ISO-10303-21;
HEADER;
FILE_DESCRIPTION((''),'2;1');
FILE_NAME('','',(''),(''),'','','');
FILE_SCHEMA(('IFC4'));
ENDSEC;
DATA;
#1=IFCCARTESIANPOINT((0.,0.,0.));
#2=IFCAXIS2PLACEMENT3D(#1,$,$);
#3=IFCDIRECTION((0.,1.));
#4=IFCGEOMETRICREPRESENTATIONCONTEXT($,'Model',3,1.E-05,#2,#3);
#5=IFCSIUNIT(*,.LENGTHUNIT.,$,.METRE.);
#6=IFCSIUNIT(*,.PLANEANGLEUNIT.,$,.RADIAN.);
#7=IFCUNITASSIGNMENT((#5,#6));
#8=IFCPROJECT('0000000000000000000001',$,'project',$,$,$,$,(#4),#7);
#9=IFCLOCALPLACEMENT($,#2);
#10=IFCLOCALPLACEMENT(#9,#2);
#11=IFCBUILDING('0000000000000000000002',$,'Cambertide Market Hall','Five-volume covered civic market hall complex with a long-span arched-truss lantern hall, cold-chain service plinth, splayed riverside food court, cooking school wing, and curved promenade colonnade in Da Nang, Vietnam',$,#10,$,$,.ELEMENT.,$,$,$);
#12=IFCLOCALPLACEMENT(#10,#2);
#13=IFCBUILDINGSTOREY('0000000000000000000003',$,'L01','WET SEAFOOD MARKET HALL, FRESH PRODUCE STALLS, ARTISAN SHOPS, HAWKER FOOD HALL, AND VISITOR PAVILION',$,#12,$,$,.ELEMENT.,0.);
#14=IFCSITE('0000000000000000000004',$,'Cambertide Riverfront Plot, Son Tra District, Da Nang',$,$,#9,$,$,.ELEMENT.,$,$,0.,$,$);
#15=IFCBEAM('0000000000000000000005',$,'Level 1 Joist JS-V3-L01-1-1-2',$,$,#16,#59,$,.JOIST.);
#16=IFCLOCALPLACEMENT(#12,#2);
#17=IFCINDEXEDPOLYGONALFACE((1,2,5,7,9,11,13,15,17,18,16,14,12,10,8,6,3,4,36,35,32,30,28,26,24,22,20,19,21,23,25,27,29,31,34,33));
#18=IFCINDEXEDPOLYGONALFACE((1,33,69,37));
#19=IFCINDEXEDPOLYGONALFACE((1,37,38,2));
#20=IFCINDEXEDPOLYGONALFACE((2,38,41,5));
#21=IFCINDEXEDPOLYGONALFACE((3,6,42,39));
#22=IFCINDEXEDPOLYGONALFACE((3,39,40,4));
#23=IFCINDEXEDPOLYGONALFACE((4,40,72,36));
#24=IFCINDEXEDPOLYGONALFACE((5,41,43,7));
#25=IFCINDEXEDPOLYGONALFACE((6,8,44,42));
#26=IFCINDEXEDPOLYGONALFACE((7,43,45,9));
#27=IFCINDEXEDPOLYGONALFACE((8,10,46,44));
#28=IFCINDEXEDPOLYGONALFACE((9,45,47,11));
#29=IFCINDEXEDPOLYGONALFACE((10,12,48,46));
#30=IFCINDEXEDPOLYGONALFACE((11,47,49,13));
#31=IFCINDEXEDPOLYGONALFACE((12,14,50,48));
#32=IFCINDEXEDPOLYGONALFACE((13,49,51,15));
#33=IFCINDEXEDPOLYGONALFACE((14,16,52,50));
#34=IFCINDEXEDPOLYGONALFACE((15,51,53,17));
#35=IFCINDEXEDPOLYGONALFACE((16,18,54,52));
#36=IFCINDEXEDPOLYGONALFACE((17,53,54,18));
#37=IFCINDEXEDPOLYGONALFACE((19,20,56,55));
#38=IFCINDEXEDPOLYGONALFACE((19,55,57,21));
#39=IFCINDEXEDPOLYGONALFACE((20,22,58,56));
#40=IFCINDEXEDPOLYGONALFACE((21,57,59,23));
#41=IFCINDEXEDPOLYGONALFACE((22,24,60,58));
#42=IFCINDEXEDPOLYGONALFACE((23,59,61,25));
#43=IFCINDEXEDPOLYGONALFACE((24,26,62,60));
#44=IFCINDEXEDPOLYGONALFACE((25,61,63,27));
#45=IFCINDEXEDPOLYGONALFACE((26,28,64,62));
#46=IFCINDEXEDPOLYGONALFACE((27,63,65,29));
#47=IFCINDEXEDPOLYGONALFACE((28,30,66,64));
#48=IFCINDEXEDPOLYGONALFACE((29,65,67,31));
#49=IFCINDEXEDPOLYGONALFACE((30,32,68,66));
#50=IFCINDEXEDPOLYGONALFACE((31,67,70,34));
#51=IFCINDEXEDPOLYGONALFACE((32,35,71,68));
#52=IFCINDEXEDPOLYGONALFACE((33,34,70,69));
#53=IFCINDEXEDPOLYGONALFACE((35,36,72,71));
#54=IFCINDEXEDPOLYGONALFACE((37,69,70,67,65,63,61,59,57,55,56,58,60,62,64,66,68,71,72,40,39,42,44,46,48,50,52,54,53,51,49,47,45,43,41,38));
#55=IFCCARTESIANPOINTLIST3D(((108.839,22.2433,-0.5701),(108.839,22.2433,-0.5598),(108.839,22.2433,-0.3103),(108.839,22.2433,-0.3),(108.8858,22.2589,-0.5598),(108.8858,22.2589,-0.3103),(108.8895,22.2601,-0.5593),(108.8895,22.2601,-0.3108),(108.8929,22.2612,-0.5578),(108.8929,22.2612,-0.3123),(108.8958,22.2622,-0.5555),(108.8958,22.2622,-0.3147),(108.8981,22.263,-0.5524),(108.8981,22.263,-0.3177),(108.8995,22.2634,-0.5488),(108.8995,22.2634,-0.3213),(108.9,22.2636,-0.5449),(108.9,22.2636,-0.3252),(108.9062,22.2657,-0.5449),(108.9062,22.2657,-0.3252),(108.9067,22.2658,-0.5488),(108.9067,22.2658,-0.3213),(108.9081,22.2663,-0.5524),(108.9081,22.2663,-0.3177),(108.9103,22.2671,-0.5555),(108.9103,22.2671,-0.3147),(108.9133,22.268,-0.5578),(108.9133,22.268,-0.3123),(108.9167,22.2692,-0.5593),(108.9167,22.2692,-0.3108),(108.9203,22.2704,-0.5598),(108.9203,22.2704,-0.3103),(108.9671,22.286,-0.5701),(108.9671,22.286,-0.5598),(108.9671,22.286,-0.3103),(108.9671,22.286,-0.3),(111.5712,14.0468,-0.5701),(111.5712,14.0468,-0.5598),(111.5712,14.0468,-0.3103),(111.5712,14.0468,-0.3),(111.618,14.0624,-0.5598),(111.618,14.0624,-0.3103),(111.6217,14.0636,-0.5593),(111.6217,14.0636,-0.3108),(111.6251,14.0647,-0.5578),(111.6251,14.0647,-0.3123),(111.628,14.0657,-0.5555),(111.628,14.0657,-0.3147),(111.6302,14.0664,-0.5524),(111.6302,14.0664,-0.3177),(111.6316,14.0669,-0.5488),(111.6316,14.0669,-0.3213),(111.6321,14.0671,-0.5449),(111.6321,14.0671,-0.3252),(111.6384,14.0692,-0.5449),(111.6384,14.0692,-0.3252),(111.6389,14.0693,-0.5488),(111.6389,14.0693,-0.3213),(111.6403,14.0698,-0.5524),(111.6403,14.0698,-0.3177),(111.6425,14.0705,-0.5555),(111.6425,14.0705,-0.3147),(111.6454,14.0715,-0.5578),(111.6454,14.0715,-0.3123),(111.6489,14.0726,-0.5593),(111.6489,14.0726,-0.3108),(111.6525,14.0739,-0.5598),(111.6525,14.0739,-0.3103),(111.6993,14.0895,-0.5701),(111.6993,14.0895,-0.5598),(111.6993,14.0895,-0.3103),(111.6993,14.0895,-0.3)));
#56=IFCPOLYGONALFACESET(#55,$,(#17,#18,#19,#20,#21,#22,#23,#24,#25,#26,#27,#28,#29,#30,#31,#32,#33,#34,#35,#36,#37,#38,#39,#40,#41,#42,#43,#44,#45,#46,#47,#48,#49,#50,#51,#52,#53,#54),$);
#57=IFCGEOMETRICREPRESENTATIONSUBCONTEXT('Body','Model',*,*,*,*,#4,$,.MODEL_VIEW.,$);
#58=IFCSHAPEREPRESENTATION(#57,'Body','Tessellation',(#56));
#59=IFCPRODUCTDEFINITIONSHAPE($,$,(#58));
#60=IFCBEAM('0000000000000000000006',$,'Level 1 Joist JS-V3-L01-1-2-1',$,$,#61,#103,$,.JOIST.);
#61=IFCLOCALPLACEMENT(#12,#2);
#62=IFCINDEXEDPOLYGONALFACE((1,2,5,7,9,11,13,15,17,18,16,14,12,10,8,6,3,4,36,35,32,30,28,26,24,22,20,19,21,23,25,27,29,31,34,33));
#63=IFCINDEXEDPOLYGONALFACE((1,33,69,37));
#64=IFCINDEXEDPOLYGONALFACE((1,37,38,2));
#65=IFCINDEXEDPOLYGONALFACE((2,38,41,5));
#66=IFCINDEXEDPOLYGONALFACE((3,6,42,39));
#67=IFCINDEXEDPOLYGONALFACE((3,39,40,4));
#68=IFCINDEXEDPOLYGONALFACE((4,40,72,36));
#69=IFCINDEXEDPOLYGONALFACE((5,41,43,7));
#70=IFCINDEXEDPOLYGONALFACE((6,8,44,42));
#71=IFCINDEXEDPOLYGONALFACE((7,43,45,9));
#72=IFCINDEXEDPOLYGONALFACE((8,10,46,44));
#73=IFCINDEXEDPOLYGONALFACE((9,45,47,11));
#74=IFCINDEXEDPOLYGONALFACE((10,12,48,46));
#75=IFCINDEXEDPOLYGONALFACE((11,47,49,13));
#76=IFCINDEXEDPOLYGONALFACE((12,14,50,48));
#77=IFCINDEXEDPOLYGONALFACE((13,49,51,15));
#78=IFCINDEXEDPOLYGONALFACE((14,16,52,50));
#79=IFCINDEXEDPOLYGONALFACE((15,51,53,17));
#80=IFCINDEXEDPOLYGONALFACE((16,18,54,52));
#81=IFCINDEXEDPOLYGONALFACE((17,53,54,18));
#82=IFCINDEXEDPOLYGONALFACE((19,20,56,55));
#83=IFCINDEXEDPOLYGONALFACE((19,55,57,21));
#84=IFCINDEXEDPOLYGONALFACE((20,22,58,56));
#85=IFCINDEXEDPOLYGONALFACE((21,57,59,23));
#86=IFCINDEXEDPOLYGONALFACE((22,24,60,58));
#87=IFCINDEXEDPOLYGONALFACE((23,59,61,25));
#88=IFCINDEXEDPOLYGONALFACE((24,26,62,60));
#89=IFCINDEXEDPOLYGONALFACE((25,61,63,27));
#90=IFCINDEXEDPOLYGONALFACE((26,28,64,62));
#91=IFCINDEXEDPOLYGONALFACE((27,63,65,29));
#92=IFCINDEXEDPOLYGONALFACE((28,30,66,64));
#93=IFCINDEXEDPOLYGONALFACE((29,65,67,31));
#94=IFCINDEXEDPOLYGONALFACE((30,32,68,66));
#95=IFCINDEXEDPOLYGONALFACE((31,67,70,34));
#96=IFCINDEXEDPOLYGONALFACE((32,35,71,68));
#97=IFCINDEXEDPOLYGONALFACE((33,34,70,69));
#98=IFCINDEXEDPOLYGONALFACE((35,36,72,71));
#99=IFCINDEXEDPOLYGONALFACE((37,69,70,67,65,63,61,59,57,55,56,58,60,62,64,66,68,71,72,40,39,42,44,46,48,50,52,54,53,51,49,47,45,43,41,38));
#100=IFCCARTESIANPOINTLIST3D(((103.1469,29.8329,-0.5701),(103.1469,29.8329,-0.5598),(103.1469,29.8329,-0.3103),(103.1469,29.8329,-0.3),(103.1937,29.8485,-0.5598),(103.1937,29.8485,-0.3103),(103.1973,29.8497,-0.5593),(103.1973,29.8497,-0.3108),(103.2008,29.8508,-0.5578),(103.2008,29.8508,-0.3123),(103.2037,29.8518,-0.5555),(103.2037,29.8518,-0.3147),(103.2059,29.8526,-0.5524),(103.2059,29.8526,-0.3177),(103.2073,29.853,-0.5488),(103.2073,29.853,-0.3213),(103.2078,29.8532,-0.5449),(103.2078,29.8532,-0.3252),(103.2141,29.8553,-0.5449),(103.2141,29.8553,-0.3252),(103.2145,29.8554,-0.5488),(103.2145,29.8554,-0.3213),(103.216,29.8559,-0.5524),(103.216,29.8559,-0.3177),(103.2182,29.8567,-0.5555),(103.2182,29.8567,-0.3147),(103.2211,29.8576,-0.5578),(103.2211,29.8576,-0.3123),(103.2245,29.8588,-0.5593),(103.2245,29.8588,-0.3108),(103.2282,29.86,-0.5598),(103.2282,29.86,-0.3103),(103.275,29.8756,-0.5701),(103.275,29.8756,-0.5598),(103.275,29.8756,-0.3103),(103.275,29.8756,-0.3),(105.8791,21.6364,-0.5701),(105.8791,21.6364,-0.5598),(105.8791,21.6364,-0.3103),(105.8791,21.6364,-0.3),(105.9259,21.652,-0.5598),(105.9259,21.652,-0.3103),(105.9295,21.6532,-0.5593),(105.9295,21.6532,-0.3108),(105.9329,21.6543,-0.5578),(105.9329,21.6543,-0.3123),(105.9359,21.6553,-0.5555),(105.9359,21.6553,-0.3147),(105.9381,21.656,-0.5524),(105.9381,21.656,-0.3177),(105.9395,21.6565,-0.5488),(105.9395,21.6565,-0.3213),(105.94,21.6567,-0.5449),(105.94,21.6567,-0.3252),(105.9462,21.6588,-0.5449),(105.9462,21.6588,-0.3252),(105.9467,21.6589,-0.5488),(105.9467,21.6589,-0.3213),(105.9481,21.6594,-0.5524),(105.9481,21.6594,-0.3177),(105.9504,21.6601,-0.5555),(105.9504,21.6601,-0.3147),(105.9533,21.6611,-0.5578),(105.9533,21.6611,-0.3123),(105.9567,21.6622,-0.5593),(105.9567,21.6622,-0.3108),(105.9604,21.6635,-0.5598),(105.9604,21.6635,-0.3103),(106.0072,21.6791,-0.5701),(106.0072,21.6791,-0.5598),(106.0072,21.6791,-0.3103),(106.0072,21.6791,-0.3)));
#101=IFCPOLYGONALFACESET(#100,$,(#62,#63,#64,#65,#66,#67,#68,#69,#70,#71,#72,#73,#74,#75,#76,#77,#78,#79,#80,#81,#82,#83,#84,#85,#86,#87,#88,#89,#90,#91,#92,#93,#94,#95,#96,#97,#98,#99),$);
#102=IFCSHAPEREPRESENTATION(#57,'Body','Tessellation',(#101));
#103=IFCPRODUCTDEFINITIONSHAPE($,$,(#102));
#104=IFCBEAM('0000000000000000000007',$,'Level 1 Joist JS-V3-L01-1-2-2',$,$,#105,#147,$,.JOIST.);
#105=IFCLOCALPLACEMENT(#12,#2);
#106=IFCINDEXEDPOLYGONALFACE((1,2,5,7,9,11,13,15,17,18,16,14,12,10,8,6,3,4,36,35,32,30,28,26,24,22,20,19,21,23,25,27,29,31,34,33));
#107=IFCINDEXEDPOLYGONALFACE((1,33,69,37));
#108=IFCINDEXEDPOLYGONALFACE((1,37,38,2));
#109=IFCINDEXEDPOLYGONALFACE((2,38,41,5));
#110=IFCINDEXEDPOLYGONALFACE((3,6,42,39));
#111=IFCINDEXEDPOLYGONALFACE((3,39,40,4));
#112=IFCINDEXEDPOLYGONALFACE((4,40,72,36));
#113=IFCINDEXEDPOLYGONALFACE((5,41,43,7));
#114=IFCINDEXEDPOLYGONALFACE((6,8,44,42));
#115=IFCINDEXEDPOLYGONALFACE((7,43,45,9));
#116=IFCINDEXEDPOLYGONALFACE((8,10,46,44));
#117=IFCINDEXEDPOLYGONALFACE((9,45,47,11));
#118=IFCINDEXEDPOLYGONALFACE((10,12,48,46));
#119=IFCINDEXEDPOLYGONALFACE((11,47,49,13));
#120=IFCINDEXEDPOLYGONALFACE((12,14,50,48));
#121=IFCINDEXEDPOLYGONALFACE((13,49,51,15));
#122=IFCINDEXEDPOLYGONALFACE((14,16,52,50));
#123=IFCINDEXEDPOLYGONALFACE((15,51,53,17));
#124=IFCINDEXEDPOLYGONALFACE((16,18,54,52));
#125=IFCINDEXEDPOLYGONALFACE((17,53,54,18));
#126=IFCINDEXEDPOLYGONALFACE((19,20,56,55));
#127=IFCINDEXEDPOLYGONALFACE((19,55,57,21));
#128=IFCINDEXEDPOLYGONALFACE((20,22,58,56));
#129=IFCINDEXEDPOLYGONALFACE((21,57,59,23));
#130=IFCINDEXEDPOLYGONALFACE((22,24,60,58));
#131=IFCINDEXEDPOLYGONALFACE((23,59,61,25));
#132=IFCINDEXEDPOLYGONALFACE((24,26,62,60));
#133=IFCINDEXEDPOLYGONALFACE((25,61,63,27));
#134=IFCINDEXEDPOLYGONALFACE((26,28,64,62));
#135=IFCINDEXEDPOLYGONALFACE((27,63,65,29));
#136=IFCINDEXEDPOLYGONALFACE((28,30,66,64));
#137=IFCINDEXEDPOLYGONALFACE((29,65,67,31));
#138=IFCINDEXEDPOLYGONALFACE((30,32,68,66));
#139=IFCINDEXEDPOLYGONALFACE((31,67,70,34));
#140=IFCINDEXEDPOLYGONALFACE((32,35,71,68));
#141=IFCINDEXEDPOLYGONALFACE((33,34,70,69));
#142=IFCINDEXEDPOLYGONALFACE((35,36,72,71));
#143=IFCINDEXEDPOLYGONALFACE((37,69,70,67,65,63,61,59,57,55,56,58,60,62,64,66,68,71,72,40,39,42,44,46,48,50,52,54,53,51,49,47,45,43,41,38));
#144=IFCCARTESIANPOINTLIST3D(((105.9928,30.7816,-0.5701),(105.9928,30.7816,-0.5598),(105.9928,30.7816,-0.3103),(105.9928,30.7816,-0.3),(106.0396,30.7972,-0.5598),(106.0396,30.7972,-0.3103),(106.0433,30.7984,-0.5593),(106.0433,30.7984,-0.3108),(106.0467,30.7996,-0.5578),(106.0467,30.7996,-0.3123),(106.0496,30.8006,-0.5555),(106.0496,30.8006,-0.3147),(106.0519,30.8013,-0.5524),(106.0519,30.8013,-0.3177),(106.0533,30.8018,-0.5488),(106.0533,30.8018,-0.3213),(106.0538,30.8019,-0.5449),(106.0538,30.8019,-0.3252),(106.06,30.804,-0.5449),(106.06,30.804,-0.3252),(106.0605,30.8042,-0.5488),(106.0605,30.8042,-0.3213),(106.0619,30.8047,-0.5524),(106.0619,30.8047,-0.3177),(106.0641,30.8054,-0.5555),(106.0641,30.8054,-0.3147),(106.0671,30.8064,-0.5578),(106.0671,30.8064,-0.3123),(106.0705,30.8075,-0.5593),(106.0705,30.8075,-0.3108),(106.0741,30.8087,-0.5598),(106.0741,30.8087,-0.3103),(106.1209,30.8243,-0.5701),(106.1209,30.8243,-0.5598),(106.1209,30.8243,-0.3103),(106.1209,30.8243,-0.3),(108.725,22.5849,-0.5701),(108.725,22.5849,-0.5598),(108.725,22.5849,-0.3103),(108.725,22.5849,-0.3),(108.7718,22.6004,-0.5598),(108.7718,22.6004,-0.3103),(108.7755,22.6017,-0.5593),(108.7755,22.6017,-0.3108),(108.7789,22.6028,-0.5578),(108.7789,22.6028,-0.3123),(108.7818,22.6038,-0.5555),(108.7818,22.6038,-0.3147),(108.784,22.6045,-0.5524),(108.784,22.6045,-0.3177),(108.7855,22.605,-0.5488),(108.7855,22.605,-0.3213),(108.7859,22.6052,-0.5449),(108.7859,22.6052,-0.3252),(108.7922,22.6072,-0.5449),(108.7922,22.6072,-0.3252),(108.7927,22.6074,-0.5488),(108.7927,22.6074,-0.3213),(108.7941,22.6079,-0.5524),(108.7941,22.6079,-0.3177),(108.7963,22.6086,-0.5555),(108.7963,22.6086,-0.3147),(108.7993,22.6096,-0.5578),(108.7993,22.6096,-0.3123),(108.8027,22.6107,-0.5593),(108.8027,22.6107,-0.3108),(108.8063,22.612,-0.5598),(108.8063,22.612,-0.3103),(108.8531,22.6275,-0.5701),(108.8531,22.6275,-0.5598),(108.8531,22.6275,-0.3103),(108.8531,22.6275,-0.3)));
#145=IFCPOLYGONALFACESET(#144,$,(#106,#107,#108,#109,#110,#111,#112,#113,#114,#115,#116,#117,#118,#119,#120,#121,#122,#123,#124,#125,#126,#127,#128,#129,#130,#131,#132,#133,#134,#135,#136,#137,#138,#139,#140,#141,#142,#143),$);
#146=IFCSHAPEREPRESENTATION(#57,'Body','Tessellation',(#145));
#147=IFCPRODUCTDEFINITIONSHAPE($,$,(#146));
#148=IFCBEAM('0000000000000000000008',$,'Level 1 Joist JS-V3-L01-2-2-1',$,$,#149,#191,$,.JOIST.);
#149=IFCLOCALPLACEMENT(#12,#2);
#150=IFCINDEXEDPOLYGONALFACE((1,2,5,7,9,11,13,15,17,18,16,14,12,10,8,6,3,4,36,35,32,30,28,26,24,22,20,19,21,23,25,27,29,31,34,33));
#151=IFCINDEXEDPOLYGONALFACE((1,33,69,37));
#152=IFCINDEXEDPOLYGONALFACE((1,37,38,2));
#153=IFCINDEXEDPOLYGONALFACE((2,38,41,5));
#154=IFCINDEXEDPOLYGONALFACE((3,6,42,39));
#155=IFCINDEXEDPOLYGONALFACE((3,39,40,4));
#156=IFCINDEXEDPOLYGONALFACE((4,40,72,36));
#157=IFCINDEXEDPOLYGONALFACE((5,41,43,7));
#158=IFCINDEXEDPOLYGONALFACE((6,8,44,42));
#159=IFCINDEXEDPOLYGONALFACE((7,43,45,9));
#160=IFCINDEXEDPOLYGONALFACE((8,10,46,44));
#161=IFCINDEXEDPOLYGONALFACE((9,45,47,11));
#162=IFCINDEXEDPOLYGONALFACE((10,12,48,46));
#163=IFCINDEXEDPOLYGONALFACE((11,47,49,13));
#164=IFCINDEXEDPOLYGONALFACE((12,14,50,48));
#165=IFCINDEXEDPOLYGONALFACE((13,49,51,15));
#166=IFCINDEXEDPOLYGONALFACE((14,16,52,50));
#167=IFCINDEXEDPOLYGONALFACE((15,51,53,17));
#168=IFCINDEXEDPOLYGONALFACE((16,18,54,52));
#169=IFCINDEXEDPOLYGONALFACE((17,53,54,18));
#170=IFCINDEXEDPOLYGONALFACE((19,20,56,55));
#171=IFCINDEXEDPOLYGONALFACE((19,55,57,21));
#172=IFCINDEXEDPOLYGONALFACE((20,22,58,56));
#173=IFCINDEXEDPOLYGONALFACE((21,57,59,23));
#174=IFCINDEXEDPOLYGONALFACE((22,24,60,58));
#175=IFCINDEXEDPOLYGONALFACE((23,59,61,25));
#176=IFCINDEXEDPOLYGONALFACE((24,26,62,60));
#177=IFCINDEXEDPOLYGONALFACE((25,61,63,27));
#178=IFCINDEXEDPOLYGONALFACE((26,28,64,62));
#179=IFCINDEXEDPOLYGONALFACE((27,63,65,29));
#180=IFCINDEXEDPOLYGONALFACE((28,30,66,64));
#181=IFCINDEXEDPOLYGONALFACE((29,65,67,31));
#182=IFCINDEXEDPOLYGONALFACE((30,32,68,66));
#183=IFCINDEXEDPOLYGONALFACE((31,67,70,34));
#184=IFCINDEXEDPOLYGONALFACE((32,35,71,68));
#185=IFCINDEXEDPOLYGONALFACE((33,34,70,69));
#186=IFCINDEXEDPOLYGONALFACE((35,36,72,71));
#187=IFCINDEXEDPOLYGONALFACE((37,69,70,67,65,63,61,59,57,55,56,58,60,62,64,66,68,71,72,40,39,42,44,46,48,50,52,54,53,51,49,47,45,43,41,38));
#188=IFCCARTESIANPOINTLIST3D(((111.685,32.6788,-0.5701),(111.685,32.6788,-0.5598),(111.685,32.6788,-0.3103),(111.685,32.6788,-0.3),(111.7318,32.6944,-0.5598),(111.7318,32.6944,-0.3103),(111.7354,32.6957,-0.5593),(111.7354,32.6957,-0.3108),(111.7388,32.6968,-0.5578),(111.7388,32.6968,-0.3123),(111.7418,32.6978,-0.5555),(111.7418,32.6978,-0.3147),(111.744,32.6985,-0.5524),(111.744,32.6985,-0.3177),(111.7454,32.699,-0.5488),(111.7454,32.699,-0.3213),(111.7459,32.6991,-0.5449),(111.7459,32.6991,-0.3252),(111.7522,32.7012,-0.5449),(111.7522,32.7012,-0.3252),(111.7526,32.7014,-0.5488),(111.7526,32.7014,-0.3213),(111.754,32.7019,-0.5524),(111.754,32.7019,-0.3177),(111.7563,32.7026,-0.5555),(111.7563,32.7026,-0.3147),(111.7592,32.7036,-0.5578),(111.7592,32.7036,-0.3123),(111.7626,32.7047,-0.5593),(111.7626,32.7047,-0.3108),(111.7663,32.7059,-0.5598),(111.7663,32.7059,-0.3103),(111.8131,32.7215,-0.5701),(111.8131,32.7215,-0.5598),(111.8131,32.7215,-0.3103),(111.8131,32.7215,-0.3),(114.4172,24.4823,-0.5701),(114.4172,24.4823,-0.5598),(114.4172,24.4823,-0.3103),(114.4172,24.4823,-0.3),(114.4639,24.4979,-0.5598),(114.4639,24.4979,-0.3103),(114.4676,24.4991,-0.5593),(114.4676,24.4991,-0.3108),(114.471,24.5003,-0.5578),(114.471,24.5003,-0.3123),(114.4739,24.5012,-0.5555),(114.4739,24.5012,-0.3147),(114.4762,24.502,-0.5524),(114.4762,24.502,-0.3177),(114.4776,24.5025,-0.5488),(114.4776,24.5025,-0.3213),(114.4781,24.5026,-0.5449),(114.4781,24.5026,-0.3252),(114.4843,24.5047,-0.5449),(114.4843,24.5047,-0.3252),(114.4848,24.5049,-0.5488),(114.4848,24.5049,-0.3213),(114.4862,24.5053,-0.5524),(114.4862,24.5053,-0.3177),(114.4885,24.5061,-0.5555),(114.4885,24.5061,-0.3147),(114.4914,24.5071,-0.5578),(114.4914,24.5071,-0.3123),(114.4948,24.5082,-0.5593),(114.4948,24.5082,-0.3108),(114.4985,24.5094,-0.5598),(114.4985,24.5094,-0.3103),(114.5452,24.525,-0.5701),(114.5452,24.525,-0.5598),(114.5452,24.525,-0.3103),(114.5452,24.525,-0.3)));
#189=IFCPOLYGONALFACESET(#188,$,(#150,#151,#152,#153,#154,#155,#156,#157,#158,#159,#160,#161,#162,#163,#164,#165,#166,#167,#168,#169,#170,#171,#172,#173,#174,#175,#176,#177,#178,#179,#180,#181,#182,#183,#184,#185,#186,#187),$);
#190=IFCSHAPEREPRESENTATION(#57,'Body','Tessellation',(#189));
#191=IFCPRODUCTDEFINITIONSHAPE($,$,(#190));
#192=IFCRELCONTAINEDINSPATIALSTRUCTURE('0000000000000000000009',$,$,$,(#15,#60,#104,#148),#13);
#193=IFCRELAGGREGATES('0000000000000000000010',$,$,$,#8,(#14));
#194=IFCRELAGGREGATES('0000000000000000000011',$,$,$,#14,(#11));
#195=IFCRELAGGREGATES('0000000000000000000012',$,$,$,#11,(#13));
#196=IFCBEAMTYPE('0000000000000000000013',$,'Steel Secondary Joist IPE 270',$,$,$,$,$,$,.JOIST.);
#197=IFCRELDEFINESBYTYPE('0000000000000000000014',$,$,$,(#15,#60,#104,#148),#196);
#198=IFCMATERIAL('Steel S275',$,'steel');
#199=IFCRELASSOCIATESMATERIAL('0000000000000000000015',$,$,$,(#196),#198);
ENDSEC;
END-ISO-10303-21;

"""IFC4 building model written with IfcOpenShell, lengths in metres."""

from ifc_helpers import new_model, si_unit, direction, frame, origin, origin_2d, place, context, subcontext, project, spatial, i_section, extrude, material, material_profile, profile_set, type_object, element, save


model = new_model("IFC4")

# Units and contexts
model_context = context("Model", 3, precision=1e-05, world=origin(), true_north=direction((0.0, 1.0)))
body_context = subcontext(model_context, "Body", "Model", "MODEL_VIEW")
ifc_project = project(units=[si_unit("LENGTHUNIT", "METRE"), si_unit("PLANEANGLEUNIT", "RADIAN")], contexts=[model_context])

# Site, building, storey
site_placement = place(None, origin())
site = spatial("IfcSite", under=ifc_project, at=site_placement, Name="Cambertide Riverfront Plot, Son Tra District, Da Nang", CompositionType="ELEMENT", RefElevation=0.0)
building_placement = place(site_placement, origin())
building = spatial("IfcBuilding", under=site, at=building_placement, Name="Cambertide Market Hall", Description="Five-volume covered civic market hall complex with a long-span arched-truss lantern hall, cold-chain service plinth, splayed riverside food court, cooking school wing, and curved promenade colonnade in Da Nang, Vietnam", CompositionType="ELEMENT")
storey_placement = place(building_placement, origin())
storey = spatial("IfcBuildingStorey", under=building, at=storey_placement, Name="L01", Description="WET SEAFOOD MARKET HALL, FRESH PRODUCE STALLS, ARTISAN SHOPS, HAWKER FOOD HALL, AND VISITOR PAVILION", CompositionType="ELEMENT", Elevation=0.0)

# Beams
ifc_material_1 = material(Name="Steel S275", Category="steel")
ifc_material_profile_1 = material_profile(ifc_material_1, i_section(OverallWidth=0.135, OverallDepth=0.27, WebThickness=0.0066, FlangeThickness=0.0103, FilletRadius=0.0149, at=origin_2d()), Name="IPE 270")
ifc_profile_set_1 = profile_set([ifc_material_profile_1], Name="Steel S275")
beam_type_1 = type_object("IfcBeamType", Name="Steel Secondary Joist IPE 270", PredefinedType="JOIST", material=ifc_profile_set_1)
for number, where, z_axis, x_axis, name in (
    (1, (111.6353, 14.0681, -0.4351), (-0.316228, 0.948683, 0.0), (-0.948683, -0.316228, 0.0), "Level 1 Joist JS-V3-L01-1-1-2"),
    (2, (105.9431, 21.6577, -0.4351), (-0.316228, 0.948683, 0.0), (-0.948683, -0.316228, 0.0), "Level 1 Joist JS-V3-L01-1-2-1"),
):
    element("IfcBeam", number, at=place(storey_placement, frame(where, z_axis=z_axis, x_axis=x_axis)), inside=storey, type_object=beam_type_1, Name=name, PredefinedType="JOIST", context=body_context, shape_type="SweptSolid", body=[
        extrude(i_section(OverallWidth=0.135, OverallDepth=0.27, WebThickness=0.0066, FlangeThickness=0.0103, FilletRadius=0.0149, at=origin_2d()), origin(), (0.0, 0.0, 1.0), 8.6399),
    ])
beam_1_placement = place(storey_placement, frame((108.7891, 22.6062, -0.4351), z_axis=(-0.316219, 0.948686, 0.0), x_axis=(-0.948686, -0.316219, 0.0)))
element("IfcBeam", 3, at=beam_1_placement, inside=storey, type_object=beam_type_1, Name="Level 1 Joist JS-V3-L01-1-2-2", PredefinedType="JOIST", context=body_context, shape_type="SweptSolid", body=[
    extrude(i_section(OverallWidth=0.135, OverallDepth=0.27, WebThickness=0.0066, FlangeThickness=0.0103, FilletRadius=0.0149, at=origin_2d()), origin(), (0.0, 0.0, 1.0), 8.6401),
])
beam_2_placement = place(storey_placement, frame((114.4812, 24.5037, -0.4351), z_axis=(-0.316228, 0.948683, 0.0), x_axis=(-0.948683, -0.316228, 0.0)))
element("IfcBeam", 4, at=beam_2_placement, inside=storey, type_object=beam_type_1, Name="Level 1 Joist JS-V3-L01-2-2-1", PredefinedType="JOIST", context=body_context, shape_type="SweptSolid", body=[
    extrude(i_section(OverallWidth=0.135, OverallDepth=0.27, WebThickness=0.0066, FlangeThickness=0.0103, FilletRadius=0.0149, at=origin_2d()), origin(), (0.0, 0.0, 1.0), 8.6399),
])

save(model, "model.ifc")
